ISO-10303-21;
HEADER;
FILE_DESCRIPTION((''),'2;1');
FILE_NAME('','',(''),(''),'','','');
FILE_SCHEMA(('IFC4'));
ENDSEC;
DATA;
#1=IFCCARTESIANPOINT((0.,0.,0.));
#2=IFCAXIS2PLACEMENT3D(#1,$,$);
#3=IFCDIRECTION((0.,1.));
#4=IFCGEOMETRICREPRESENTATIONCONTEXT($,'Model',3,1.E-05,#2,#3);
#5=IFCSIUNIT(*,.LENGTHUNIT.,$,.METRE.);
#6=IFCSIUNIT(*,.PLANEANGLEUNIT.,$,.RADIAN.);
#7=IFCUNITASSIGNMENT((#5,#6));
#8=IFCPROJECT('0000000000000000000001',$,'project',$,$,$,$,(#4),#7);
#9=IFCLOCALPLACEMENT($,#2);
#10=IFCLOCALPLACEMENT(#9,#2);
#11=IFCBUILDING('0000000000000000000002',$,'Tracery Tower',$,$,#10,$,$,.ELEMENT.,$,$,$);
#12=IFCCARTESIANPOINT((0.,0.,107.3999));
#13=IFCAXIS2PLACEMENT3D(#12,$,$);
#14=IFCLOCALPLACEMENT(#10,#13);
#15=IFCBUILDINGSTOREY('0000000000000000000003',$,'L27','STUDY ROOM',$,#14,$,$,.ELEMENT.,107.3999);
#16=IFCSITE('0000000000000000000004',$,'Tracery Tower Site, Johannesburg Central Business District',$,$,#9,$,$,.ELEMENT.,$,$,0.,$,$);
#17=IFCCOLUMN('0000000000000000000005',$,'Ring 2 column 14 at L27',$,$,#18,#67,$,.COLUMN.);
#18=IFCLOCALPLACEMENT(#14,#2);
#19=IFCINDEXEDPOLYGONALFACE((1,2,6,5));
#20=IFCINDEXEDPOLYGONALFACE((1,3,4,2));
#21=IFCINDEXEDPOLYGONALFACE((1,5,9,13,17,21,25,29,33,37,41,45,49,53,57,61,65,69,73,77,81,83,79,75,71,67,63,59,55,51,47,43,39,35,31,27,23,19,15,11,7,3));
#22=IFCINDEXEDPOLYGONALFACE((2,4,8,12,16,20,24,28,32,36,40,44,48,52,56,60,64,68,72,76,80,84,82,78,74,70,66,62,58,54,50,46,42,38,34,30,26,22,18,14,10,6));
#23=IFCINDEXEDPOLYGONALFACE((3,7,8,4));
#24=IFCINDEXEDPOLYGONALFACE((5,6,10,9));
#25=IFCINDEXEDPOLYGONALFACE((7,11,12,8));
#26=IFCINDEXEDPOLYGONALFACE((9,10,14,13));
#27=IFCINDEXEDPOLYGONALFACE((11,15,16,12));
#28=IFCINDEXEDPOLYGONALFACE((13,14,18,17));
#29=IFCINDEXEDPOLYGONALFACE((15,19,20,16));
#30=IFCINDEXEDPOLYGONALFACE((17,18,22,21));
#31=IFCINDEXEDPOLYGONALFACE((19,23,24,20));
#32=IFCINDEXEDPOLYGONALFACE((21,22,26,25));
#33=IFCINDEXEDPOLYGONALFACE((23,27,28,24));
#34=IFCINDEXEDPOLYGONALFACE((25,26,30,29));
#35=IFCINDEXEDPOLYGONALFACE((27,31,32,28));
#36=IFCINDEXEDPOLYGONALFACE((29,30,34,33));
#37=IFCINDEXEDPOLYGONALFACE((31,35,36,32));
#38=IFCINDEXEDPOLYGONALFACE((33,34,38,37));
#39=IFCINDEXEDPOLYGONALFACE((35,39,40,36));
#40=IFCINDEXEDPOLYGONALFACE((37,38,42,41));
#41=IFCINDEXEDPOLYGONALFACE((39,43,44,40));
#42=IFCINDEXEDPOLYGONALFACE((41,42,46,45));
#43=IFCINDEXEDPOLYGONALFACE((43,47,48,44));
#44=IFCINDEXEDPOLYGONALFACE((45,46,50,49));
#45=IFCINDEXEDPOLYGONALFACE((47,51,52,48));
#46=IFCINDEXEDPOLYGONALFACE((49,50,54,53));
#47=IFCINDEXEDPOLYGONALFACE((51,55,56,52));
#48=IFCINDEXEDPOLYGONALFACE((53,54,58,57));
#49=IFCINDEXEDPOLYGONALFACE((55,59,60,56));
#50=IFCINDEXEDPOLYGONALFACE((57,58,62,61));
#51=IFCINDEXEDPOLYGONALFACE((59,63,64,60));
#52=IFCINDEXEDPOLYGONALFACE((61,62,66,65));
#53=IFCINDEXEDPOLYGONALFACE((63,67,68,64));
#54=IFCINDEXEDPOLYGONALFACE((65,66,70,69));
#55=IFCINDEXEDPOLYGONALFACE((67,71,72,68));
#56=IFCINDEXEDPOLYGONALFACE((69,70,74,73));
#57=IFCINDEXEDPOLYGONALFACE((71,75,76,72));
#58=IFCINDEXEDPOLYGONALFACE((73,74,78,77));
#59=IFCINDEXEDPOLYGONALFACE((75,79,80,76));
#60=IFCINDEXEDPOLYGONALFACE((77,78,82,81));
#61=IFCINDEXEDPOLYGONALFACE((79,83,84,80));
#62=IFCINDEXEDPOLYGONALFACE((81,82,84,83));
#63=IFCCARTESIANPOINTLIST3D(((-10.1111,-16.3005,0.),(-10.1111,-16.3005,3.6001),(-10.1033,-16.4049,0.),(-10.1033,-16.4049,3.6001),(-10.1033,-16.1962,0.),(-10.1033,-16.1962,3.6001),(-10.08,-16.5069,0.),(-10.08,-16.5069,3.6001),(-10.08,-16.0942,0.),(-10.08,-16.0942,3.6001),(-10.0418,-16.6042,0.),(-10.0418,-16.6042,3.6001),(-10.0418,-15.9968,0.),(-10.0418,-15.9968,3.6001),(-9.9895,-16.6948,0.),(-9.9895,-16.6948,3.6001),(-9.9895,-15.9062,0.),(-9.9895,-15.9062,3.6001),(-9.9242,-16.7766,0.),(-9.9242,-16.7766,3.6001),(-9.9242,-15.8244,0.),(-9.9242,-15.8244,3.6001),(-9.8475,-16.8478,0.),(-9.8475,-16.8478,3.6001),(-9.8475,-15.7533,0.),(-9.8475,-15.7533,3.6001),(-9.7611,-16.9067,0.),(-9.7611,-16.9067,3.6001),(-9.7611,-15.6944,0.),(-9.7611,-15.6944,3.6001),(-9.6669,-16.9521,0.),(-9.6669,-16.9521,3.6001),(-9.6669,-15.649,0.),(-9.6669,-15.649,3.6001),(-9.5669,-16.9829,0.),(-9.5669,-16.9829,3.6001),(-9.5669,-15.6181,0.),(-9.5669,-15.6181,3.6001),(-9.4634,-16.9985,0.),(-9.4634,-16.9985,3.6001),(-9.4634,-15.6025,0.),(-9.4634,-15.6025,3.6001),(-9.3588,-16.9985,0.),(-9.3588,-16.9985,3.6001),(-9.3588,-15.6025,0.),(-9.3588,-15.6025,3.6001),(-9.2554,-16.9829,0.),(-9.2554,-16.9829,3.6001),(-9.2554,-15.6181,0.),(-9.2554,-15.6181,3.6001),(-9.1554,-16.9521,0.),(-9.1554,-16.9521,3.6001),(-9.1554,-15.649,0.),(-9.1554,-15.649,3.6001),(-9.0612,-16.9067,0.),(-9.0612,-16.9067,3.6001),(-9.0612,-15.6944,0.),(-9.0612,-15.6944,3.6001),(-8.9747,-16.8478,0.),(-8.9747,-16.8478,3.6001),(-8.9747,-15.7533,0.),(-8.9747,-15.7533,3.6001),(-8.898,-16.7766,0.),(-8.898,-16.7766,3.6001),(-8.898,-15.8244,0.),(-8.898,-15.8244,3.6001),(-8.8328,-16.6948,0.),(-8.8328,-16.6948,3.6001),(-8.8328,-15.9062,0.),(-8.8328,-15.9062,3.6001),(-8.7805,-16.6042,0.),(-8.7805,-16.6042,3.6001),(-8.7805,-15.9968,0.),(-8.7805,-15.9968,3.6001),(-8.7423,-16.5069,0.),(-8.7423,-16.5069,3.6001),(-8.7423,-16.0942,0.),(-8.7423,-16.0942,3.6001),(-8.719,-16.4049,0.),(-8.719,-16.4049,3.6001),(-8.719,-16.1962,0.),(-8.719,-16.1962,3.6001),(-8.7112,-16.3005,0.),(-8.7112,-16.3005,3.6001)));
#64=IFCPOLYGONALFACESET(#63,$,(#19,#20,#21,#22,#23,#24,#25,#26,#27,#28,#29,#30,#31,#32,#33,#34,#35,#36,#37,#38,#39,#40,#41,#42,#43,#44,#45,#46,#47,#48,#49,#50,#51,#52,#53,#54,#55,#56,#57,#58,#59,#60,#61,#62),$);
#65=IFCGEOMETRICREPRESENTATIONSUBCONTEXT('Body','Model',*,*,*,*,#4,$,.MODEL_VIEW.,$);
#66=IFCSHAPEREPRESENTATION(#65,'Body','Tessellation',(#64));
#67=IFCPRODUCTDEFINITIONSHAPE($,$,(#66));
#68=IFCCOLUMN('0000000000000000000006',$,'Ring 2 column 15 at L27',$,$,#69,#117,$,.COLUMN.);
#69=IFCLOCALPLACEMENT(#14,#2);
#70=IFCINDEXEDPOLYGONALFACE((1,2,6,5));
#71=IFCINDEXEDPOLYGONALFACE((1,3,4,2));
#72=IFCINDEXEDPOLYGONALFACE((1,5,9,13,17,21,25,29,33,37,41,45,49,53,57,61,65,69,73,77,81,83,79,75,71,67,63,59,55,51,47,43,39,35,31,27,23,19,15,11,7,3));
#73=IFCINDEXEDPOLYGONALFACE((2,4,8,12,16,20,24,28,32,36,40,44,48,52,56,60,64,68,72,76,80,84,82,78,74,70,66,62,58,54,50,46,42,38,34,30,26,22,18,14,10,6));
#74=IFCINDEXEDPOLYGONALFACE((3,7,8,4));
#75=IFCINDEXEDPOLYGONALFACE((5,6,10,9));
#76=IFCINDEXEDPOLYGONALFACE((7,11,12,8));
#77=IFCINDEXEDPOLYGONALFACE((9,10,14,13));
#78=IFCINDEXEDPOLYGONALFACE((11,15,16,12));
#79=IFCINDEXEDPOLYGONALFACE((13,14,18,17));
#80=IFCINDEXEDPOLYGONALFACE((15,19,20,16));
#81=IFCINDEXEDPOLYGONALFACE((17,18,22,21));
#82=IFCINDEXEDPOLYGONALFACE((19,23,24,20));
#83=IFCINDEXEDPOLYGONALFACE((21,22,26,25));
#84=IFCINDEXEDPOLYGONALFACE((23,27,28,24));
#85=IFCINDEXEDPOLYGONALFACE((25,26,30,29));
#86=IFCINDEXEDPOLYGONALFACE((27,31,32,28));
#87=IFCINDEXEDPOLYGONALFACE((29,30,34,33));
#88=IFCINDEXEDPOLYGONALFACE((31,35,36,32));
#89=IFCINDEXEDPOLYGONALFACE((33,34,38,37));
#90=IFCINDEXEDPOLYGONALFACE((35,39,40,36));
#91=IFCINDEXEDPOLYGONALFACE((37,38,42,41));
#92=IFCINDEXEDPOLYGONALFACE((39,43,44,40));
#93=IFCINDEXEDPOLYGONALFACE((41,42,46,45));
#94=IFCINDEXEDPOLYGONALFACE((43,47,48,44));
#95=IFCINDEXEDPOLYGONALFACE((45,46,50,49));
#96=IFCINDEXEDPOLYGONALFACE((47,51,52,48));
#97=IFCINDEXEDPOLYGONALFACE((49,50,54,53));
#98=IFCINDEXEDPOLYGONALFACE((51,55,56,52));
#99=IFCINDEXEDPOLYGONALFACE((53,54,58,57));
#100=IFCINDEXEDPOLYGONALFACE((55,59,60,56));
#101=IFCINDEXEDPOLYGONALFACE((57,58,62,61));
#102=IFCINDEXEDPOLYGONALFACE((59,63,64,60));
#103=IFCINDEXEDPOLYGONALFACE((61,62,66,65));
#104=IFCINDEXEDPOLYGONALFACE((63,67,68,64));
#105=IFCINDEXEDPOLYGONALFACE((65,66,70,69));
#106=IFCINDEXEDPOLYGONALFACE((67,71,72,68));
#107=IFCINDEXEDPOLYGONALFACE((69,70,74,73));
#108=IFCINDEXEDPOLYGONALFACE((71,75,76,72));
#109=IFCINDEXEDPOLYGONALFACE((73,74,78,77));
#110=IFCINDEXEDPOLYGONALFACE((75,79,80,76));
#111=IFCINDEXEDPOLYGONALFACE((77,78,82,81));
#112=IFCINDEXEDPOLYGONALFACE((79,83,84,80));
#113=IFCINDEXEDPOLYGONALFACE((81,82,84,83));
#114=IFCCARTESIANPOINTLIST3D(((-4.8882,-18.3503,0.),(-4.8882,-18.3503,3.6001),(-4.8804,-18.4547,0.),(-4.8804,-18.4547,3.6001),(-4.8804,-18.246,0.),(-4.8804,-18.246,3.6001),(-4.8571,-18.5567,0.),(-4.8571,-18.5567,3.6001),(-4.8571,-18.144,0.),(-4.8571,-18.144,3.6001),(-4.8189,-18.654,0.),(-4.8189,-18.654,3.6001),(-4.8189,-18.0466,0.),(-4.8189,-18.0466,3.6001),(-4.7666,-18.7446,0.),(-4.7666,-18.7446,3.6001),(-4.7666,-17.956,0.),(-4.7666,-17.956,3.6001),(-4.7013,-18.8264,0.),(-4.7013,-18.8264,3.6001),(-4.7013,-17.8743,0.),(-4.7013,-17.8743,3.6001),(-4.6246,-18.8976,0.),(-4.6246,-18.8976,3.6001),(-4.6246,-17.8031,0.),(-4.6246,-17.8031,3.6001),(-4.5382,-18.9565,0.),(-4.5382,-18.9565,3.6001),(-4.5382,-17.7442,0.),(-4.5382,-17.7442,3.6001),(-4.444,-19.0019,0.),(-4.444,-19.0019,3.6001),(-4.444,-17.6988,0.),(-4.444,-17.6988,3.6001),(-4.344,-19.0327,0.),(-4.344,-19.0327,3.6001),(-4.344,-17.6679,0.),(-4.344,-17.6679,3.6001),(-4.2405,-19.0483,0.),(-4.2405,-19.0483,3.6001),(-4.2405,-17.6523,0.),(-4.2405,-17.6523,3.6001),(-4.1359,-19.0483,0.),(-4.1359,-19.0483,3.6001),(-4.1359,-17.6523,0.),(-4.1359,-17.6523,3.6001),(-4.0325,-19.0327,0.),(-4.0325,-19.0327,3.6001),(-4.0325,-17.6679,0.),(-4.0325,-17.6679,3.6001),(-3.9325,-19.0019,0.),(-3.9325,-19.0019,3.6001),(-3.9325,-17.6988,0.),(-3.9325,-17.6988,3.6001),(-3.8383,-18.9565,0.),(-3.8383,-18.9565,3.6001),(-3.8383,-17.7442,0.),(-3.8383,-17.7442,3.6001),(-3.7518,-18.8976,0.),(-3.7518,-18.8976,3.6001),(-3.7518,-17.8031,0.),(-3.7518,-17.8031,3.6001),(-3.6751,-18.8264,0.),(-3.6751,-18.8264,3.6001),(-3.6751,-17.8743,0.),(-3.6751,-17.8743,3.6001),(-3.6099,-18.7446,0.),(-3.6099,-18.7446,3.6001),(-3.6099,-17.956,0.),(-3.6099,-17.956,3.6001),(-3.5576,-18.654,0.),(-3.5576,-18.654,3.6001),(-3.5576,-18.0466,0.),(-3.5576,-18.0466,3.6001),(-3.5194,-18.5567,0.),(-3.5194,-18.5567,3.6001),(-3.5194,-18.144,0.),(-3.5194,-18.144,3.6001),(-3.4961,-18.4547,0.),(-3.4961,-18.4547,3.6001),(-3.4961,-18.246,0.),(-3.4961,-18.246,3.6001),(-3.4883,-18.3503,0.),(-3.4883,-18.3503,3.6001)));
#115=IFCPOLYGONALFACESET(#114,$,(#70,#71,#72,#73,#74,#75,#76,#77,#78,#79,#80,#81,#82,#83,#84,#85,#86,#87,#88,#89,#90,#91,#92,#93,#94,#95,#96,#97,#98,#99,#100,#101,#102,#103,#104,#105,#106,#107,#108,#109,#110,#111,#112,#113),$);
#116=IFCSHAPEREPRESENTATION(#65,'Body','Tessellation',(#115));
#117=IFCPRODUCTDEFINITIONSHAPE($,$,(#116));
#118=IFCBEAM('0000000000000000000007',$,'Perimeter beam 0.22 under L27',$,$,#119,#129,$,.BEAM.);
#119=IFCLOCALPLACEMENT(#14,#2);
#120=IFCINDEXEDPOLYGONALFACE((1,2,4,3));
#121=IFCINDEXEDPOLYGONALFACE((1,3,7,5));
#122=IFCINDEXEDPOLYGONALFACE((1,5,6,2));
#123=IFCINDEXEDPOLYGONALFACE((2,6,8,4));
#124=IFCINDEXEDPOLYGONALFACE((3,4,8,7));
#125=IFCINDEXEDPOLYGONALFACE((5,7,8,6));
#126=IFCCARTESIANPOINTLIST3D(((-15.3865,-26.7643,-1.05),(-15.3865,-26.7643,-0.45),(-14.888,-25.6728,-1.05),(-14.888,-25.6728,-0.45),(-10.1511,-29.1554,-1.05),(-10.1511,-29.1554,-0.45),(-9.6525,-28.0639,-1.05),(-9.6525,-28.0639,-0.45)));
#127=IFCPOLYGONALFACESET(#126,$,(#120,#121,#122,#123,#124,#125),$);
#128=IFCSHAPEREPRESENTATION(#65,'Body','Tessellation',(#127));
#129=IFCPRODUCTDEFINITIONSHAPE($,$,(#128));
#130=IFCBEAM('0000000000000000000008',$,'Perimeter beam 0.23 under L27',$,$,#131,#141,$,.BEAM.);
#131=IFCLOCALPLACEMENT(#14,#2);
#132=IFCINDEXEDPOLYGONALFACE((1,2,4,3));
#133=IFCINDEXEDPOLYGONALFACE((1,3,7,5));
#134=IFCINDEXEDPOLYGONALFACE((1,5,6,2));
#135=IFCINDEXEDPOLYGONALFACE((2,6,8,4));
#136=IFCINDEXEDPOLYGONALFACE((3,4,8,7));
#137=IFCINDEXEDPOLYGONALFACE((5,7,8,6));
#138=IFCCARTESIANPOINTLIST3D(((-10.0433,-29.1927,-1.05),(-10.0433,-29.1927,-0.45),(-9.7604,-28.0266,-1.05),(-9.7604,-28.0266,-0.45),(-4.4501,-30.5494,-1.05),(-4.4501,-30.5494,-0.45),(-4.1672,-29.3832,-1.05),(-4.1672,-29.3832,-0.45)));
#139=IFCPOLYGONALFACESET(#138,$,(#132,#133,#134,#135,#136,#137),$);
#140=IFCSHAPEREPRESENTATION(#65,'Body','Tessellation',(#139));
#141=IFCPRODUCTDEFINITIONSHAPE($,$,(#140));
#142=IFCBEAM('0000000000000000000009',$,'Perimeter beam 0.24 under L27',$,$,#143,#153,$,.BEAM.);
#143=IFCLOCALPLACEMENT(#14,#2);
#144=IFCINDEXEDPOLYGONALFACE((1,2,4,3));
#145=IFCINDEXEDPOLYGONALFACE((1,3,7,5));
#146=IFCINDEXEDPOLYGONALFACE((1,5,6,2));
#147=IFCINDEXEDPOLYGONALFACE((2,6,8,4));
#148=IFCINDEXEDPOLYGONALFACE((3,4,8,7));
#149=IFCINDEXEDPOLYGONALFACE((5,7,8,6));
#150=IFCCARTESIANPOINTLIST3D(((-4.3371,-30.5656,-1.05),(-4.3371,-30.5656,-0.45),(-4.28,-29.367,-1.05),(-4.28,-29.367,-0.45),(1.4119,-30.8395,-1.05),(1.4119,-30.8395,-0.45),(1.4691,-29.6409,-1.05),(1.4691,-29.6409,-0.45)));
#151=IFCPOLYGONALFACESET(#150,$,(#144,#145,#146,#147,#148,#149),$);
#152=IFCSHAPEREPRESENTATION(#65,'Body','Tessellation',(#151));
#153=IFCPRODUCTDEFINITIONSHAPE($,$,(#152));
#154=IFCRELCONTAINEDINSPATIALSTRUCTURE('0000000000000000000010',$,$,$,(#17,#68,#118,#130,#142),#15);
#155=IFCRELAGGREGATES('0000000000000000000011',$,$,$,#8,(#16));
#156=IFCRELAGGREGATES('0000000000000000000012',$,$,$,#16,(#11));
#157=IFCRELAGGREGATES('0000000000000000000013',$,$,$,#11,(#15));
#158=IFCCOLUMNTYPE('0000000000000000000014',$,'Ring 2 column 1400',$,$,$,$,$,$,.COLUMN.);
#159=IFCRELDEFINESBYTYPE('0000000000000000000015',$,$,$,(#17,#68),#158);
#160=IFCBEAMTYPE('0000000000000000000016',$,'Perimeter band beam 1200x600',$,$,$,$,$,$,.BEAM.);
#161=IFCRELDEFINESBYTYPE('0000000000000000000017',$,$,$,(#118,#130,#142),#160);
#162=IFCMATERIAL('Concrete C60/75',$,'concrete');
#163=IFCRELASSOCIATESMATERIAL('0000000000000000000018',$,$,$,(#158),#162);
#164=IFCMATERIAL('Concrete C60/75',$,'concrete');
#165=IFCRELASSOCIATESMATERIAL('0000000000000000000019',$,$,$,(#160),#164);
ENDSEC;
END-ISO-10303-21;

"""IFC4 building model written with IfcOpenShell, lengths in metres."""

from ifc_helpers import new_model, si_unit, direction, frame, origin, origin_2d, place, context, subcontext, project, spatial, rectangle, circle, extrude, material, material_profile, profile_set, type_object, element, save


model = new_model("IFC4")

# Units and contexts
model_context = context("Model", 3, precision=1e-05, world=origin(), true_north=direction((0.0, 1.0)))
body_context = subcontext(model_context, "Body", "Model", "MODEL_VIEW")
ifc_project = project(units=[si_unit("LENGTHUNIT", "METRE"), si_unit("PLANEANGLEUNIT", "RADIAN")], contexts=[model_context])

# Site, building, storey
site_placement = place(None, origin())
site = spatial("IfcSite", under=ifc_project, at=site_placement, Name="Tracery Tower Site, Johannesburg Central Business District", CompositionType="ELEMENT", RefElevation=0.0)
building_placement = place(site_placement, origin())
building = spatial("IfcBuilding", under=site, at=building_placement, Name="Tracery Tower", CompositionType="ELEMENT")
storey_placement = place(building_placement, frame((0.0, 0.0, 107.3999)))
storey = spatial("IfcBuildingStorey", under=building, at=storey_placement, Name="L27", Description="STUDY ROOM", CompositionType="ELEMENT", Elevation=107.3999)

# Columns
ifc_material_1 = material(Name="Concrete C60/75", Category="concrete")
ifc_material_profile_1 = material_profile(ifc_material_1, circle(Radius=0.7, at=origin_2d()), Name="RC D1400")
ifc_profile_set_1 = profile_set([ifc_material_profile_1], Name="Concrete C60/75")
column_type_1 = type_object("IfcColumnType", Name="Ring 2 column 1400", PredefinedType="COLUMN", material=ifc_profile_set_1)
for number, where, z_axis, x_axis, name in (
    (1, (-9.4111, -16.3005, 0.0), (0.0, 0.0, 1.0), (1.0, 0.0, 0.0), "Ring 2 column 14 at L27"),
    (2, (-4.1882, -18.3503, 0.0), (0.0, 0.0, 1.0), (1.0, 0.0, 0.0), "Ring 2 column 15 at L27"),
):
    element("IfcColumn", number, at=place(storey_placement, frame(where, z_axis=z_axis, x_axis=x_axis)), inside=storey, type_object=column_type_1, Name=name, PredefinedType="COLUMN", context=body_context, shape_type="SweptSolid", body=[
        extrude(circle(Radius=0.7, at=origin_2d()), origin(), (0.0, 0.0, 1.0), 3.6001),
    ])

# Beams
ifc_material_2 = material(Name="Concrete C60/75", Category="concrete")
ifc_material_profile_2 = material_profile(ifc_material_2, rectangle(XDim=1.2, YDim=0.6001, at=origin_2d()), Name="RC 1200x600")
ifc_profile_set_2 = profile_set([ifc_material_profile_2], Name="Concrete C60/75")
beam_type = type_object("IfcBeamType", Name="Perimeter band beam 1200x600", PredefinedType="BEAM", material=ifc_profile_set_2)
beam_1_placement = place(storey_placement, frame((-15.1372, -26.2185, -0.75), z_axis=(0.909618, -0.415445, 0.0), x_axis=(0.415445, 0.909618, 0.0)))
element("IfcBeam", 3, at=beam_1_placement, inside=storey, type_object=beam_type, Name="Perimeter beam 0.22 under L27", PredefinedType="BEAM", context=body_context, shape_type="SweptSolid", body=[
    extrude(rectangle(XDim=1.2, YDim=0.6001, at=origin_2d()), origin(), (0.0, 0.0, 1.0), 5.7556),
])
beam_2_placement = place(storey_placement, frame((-9.9019, -28.6096, -0.75), z_axis=(0.97182, -0.235723, 0.0), x_axis=(0.235723, 0.97182, 0.0)))
element("IfcBeam", 4, at=beam_2_placement, inside=storey, type_object=beam_type, Name="Perimeter beam 0.23 under L27", PredefinedType="BEAM", context=body_context, shape_type="SweptSolid", body=[
    extrude(rectangle(XDim=1.2, YDim=0.6001, at=origin_2d()), origin(), (0.0, 0.0, 1.0), 5.7554),
])
beam_3_placement = place(storey_placement, frame((-4.3086, -29.9663, -0.75), z_axis=(0.998867, -0.047593, 0.0), x_axis=(0.047593, 0.998867, 0.0)))
element("IfcBeam", 5, at=beam_3_placement, inside=storey, type_object=beam_type, Name="Perimeter beam 0.24 under L27", PredefinedType="BEAM", context=body_context, shape_type="SweptSolid", body=[
    extrude(rectangle(XDim=1.2, YDim=0.6001, at=origin_2d()), origin(), (0.0, 0.0, 1.0), 5.7556),
])

save(model, "model.ifc")
